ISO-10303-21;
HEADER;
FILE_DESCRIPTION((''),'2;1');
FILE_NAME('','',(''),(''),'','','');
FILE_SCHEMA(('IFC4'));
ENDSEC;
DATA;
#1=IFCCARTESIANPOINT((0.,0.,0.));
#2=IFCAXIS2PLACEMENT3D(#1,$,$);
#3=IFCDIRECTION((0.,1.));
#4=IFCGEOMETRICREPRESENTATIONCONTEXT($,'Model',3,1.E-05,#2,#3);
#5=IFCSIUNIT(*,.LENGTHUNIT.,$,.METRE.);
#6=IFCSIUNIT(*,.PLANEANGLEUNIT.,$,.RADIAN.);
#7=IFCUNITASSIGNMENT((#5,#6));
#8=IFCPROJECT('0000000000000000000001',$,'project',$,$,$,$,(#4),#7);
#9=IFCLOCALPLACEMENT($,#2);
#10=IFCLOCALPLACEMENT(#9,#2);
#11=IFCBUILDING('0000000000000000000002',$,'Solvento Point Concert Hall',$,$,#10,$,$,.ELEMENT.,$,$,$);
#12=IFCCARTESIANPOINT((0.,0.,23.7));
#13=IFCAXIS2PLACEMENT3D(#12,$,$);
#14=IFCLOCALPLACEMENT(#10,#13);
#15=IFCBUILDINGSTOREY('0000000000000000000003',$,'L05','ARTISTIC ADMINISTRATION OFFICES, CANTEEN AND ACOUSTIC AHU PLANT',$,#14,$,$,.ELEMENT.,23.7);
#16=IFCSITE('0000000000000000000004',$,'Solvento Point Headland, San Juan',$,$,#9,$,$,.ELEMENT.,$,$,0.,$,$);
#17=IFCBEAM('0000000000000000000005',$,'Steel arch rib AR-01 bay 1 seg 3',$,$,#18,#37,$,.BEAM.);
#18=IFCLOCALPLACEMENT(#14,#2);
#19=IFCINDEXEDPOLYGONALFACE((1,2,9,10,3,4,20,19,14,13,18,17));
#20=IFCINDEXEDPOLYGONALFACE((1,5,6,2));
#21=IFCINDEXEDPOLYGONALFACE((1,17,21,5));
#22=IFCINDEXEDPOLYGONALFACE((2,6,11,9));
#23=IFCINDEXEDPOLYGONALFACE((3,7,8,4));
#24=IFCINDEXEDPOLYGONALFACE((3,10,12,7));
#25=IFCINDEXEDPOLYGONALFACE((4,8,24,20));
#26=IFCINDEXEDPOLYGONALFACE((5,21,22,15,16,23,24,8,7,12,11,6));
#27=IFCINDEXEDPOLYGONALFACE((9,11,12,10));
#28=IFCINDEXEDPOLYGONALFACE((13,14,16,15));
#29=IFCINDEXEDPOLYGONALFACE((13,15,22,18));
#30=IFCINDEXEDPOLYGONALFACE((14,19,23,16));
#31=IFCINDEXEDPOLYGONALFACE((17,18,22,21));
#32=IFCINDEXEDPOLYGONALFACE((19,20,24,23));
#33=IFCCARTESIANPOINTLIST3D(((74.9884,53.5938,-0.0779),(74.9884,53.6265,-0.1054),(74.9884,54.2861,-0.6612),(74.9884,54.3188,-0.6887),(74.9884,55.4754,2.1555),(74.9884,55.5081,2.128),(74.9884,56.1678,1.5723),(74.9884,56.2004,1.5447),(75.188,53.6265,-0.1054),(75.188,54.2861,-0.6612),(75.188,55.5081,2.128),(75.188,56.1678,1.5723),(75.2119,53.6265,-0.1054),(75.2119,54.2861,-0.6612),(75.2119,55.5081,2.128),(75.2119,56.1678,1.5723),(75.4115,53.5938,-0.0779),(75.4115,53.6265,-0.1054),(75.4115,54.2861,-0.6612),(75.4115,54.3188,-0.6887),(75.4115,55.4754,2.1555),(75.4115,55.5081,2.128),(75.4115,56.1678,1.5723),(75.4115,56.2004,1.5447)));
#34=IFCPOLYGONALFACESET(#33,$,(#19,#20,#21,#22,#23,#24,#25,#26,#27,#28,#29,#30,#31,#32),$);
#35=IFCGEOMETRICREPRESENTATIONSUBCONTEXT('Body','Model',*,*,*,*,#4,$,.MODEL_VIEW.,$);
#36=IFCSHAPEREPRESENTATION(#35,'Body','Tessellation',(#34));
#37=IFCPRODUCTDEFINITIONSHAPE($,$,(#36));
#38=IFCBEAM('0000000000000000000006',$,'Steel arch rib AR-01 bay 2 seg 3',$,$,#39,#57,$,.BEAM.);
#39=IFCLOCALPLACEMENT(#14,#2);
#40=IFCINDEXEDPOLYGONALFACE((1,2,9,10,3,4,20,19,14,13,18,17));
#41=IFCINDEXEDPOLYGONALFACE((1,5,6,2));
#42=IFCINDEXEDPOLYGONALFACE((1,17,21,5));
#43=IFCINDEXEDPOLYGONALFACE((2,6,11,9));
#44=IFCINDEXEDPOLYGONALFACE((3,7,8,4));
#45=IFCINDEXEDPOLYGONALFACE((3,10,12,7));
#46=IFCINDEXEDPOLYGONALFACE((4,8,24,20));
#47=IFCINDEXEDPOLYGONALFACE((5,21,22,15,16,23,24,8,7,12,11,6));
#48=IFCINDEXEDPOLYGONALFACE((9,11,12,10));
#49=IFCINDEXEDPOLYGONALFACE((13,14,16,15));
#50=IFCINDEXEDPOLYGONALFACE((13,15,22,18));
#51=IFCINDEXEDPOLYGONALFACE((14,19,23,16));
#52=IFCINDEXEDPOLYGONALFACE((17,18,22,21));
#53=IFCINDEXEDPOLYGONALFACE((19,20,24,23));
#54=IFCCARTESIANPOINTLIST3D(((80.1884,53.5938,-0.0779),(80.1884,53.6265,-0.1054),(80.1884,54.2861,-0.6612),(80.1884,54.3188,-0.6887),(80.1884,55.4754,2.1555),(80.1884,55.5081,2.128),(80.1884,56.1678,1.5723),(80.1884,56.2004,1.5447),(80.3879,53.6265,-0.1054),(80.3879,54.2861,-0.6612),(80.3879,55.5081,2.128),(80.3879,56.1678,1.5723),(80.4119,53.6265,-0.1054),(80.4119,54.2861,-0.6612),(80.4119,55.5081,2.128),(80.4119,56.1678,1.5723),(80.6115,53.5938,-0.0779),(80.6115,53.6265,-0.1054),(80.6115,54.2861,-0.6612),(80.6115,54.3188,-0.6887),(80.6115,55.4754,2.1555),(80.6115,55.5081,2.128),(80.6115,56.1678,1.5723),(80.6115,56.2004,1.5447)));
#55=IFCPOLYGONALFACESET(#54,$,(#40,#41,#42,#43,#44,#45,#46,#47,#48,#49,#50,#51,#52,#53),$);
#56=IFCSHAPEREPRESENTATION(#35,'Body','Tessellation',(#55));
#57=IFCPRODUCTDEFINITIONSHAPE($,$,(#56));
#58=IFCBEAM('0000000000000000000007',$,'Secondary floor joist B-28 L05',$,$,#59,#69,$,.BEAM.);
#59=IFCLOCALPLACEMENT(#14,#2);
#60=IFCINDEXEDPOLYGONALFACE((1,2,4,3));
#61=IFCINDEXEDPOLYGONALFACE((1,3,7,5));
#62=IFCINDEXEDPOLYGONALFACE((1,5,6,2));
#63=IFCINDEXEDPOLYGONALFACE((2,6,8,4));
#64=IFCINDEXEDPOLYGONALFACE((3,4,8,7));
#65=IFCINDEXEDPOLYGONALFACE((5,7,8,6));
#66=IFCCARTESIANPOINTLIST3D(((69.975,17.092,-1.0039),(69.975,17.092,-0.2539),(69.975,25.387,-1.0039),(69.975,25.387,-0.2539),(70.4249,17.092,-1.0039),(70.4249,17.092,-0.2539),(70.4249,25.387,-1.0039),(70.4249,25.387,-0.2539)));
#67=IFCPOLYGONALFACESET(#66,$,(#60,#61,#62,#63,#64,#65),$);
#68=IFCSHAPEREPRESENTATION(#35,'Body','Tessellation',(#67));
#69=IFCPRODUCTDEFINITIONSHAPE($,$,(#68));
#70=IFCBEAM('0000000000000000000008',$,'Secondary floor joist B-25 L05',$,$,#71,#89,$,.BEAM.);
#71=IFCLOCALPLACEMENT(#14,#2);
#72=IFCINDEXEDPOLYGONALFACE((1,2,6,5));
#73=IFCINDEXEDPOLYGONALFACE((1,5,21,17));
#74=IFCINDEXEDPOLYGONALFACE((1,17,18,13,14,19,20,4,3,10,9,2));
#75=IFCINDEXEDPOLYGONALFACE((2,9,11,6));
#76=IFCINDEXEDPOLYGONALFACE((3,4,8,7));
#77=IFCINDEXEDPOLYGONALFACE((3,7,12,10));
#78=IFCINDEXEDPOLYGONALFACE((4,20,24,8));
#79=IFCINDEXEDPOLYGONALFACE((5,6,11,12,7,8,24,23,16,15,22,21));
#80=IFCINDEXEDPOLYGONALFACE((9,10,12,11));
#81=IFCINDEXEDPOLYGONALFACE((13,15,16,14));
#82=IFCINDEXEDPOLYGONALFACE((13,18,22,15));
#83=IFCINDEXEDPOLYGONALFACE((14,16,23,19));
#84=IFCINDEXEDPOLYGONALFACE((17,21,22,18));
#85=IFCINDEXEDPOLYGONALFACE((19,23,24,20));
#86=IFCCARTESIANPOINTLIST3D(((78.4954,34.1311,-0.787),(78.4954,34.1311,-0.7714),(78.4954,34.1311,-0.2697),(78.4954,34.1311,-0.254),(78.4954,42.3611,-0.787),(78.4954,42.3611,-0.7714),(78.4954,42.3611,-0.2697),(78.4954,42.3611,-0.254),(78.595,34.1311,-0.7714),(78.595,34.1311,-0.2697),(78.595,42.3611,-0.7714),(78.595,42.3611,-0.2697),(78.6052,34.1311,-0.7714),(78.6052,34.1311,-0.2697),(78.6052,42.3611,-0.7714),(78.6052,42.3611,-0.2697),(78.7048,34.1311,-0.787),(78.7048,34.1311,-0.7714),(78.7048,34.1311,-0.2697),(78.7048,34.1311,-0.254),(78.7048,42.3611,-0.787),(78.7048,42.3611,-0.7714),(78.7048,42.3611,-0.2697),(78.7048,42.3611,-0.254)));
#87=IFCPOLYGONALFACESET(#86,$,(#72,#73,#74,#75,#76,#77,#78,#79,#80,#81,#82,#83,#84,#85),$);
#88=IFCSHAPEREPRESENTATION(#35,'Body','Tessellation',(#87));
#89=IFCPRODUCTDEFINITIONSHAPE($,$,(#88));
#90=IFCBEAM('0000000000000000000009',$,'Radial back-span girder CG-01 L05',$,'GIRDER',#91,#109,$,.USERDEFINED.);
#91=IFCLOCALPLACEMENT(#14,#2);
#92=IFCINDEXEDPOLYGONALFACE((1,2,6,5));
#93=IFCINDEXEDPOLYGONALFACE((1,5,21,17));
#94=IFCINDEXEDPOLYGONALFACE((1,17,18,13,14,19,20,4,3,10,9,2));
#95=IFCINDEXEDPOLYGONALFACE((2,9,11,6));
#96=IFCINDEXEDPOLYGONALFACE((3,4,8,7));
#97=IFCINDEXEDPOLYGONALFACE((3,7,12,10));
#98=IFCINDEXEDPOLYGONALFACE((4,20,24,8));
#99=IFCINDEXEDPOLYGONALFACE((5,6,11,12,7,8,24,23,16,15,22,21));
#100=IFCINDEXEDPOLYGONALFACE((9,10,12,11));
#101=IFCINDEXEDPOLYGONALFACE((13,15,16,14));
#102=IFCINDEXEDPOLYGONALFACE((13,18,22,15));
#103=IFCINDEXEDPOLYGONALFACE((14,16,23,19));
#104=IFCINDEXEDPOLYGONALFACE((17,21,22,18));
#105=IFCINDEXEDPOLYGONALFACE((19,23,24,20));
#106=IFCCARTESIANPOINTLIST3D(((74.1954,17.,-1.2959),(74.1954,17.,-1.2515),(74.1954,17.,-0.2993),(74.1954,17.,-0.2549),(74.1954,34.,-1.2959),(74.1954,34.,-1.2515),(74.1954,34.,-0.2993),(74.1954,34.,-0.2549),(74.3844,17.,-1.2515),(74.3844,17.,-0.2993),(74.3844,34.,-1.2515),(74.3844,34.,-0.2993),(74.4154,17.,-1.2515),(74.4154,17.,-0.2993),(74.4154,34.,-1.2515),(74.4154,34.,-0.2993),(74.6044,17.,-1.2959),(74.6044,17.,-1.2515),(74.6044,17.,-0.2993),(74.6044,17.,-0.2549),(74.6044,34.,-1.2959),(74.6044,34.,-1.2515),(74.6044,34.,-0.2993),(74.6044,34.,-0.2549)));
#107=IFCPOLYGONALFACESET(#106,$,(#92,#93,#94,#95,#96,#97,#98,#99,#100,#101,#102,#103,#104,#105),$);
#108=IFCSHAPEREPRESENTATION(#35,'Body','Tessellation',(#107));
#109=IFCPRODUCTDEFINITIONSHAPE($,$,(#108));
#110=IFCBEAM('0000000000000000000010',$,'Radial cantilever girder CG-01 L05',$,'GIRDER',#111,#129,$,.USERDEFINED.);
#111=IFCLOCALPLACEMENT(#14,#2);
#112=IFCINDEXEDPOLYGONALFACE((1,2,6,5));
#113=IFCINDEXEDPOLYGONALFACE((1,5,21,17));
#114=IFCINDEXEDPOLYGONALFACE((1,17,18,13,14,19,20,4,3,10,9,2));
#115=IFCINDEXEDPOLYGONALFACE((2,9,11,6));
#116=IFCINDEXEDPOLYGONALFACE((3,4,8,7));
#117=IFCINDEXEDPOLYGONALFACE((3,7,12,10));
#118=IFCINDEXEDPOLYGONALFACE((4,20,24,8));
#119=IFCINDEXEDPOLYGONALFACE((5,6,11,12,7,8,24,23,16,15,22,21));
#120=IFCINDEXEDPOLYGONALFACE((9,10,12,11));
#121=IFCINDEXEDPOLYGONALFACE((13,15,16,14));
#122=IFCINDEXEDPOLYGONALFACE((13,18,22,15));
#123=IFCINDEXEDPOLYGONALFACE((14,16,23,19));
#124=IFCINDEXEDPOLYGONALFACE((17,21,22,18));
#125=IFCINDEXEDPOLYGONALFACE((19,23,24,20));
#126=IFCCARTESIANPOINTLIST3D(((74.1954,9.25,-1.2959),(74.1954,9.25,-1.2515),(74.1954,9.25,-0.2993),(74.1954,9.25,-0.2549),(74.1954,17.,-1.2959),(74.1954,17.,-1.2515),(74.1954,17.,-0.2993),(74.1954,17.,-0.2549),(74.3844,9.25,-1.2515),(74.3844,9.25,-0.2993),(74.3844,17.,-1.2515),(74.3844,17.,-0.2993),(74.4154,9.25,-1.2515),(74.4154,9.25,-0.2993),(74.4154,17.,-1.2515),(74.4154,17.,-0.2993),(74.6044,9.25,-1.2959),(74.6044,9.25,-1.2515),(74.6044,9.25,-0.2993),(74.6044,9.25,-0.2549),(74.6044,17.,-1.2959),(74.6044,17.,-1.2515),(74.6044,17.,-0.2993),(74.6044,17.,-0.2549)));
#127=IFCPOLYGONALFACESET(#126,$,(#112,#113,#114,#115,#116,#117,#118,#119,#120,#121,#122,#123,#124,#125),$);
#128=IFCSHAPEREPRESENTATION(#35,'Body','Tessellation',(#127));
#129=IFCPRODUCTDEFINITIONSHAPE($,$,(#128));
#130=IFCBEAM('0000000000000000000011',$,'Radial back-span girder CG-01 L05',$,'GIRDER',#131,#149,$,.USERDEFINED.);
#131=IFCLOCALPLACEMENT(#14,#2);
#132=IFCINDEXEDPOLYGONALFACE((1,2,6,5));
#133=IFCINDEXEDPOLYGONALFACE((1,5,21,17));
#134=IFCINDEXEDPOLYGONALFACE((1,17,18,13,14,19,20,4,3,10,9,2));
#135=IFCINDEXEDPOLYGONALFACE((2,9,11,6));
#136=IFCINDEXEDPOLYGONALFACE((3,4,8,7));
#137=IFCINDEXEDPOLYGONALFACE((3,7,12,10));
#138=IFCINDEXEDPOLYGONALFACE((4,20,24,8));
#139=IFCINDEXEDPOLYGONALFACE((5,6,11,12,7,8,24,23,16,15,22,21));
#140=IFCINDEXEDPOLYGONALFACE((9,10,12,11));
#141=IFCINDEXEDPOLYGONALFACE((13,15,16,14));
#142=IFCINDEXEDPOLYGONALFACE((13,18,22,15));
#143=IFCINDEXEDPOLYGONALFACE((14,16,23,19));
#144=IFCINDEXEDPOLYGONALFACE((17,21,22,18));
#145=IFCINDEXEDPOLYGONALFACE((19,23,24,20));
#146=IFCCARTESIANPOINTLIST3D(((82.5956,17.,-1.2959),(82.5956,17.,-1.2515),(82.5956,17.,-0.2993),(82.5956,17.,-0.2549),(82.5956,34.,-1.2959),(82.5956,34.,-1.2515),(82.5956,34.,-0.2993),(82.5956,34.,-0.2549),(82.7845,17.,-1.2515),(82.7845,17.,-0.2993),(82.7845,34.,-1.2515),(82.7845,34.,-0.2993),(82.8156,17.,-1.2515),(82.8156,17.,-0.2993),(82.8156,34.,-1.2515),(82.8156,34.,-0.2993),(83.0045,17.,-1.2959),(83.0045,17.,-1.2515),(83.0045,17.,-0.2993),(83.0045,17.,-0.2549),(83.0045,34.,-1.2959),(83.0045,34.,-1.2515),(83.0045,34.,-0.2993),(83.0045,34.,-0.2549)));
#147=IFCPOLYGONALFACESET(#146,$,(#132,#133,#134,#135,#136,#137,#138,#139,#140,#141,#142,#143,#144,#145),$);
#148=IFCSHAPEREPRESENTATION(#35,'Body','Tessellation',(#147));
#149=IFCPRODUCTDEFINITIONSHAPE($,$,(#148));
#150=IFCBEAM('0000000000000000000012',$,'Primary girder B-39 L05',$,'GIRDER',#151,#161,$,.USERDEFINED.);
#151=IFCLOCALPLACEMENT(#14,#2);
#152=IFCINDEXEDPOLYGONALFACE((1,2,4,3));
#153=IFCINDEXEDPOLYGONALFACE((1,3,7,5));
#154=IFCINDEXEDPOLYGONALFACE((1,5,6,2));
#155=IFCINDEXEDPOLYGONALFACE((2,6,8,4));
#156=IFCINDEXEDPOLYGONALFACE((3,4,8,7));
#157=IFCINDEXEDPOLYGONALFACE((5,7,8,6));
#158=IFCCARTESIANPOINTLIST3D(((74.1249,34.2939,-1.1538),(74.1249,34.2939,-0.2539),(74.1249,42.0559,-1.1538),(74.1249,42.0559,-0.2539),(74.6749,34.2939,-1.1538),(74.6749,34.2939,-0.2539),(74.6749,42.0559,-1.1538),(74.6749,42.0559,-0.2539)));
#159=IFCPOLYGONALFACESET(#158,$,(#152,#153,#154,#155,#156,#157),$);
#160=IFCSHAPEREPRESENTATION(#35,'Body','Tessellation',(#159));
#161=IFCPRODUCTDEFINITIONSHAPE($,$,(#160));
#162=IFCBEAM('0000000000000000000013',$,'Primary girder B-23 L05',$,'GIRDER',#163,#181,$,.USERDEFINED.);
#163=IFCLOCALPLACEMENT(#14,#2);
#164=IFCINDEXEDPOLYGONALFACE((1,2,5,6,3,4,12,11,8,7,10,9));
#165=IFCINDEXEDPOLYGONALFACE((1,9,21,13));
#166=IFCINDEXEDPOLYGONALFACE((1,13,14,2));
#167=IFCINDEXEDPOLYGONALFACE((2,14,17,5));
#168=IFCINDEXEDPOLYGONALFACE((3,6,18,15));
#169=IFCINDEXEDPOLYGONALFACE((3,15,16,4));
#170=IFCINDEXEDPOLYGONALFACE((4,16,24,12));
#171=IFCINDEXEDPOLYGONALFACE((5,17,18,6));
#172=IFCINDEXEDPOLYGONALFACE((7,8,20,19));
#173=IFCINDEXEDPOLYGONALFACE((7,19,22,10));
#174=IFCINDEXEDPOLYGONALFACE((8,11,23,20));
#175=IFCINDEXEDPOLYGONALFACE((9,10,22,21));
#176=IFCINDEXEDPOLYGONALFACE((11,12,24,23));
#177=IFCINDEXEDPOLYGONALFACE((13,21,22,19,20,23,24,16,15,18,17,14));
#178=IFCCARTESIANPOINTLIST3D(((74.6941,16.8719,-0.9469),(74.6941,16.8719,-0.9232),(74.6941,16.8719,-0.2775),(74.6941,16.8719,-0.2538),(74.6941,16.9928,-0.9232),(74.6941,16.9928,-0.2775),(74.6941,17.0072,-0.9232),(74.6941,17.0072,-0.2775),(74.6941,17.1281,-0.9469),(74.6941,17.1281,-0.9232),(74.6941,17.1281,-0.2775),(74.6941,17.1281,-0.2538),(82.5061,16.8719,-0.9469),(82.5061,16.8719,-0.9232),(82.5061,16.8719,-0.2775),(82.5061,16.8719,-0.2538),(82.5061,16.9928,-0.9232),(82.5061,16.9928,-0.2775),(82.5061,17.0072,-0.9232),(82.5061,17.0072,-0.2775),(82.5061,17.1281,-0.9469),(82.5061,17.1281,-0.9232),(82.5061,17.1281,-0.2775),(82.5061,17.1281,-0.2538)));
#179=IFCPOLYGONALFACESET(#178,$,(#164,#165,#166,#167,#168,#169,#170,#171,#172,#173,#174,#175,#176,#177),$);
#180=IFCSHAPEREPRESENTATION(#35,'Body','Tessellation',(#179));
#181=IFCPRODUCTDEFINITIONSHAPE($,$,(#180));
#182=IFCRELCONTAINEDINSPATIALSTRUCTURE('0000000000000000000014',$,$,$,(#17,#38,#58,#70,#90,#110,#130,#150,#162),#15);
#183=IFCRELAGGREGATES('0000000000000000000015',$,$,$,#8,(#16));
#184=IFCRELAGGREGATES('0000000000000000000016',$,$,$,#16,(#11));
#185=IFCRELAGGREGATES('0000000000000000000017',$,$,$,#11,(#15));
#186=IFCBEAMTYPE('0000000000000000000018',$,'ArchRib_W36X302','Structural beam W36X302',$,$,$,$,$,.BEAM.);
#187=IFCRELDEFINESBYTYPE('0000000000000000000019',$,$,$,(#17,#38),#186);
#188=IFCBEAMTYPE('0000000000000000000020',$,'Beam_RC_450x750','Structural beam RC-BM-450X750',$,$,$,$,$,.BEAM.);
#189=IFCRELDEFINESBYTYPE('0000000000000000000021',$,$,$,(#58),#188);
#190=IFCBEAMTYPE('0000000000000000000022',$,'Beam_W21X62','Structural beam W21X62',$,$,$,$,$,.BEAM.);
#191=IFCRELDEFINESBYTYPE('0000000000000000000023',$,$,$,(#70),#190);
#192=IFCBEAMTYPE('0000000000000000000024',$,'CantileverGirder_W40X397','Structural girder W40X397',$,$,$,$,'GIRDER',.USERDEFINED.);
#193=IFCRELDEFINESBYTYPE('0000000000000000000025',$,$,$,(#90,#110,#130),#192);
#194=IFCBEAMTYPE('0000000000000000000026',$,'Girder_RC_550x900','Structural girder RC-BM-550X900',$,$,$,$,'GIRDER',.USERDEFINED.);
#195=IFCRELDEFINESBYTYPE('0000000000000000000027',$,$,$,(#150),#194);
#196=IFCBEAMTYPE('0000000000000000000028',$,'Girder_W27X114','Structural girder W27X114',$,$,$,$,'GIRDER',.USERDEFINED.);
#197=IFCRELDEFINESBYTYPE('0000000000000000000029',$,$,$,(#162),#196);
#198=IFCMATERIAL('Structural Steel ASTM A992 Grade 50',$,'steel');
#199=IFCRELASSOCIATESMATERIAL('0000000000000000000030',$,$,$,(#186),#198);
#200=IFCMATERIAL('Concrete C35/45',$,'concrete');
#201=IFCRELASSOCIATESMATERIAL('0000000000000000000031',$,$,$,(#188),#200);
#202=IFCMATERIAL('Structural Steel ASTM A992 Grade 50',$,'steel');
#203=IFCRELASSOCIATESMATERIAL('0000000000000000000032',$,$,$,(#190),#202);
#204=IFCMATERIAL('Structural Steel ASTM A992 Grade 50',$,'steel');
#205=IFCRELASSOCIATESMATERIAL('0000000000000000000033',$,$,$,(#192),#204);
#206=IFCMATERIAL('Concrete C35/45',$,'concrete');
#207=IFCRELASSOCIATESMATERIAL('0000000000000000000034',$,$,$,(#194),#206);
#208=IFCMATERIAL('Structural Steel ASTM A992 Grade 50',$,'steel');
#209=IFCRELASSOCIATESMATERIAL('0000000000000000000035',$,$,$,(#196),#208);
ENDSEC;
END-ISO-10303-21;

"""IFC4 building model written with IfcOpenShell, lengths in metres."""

from ifc_helpers import new_model, si_unit, direction, frame, origin, origin_2d, place, context, subcontext, project, spatial, rectangle, i_section, extrude, material, material_profile, profile_set, type_object, element, save


model = new_model("IFC4")

# Units and contexts
model_context = context("Model", 3, precision=1e-05, world=origin(), true_north=direction((0.0, 1.0)))
body_context = subcontext(model_context, "Body", "Model", "MODEL_VIEW")
ifc_project = project(units=[si_unit("LENGTHUNIT", "METRE"), si_unit("PLANEANGLEUNIT", "RADIAN")], contexts=[model_context])

# Site, building, storey
site_placement = place(None, origin())
site = spatial("IfcSite", under=ifc_project, at=site_placement, Name="Solvento Point Headland, San Juan", CompositionType="ELEMENT", RefElevation=0.0)
building_placement = place(site_placement, origin())
building = spatial("IfcBuilding", under=site, at=building_placement, Name="Solvento Point Concert Hall", CompositionType="ELEMENT")
storey_placement = place(building_placement, frame((0.0, 0.0, 23.7)))
storey = spatial("IfcBuildingStorey", under=building, at=storey_placement, Name="L05", Description="ARTISTIC ADMINISTRATION OFFICES, CANTEEN AND ACOUSTIC AHU PLANT", CompositionType="ELEMENT", Elevation=23.7)

# Beams
ifc_material_1 = material(Name="Structural Steel ASTM A992 Grade 50", Category="steel")
ifc_material_profile_1 = material_profile(ifc_material_1, i_section(OverallWidth=0.4231, OverallDepth=0.948, WebThickness=0.0239, FlangeThickness=0.0427, at=origin_2d()), Name="W36X302")
ifc_profile_set_1 = profile_set([ifc_material_profile_1], Name="Structural Steel ASTM A992 Grade 50")
beam_type_1 = type_object("IfcBeamType", Name="ArchRib_W36X302", Description="Structural beam W36X302", PredefinedType="BEAM", material=ifc_profile_set_1)
for number, where, z_axis, x_axis, name in (
    (1, (75.2, 53.9563, -0.3833), (0.0, 0.644303, 0.76477), (-1.0, 0.0, 0.0), "Steel arch rib AR-01 bay 1 seg 3"),
    (2, (80.3999, 53.9563, -0.3833), (0.0, 0.644303, 0.76477), (-1.0, 0.0, 0.0), "Steel arch rib AR-01 bay 2 seg 3"),
):
    element("IfcBeam", number, at=place(storey_placement, frame(where, z_axis=z_axis, x_axis=x_axis)), inside=storey, type_object=beam_type_1, Name=name, PredefinedType="BEAM", context=body_context, shape_type="SweptSolid", body=[
        extrude(i_section(OverallWidth=0.4231, OverallDepth=0.948, WebThickness=0.0239, FlangeThickness=0.0427, at=origin_2d()), origin(), (0.0, 0.0, 1.0), 2.9204),
    ])
ifc_material_2 = material(Name="Concrete C35/45", Category="concrete")
ifc_material_profile_2 = material_profile(ifc_material_2, rectangle(XDim=0.45, YDim=0.75, at=origin_2d()), Name="RC-BM-450X750")
ifc_profile_set_2 = profile_set([ifc_material_profile_2], Name="Concrete C35/45")
beam_type_2 = type_object("IfcBeamType", Name="Beam_RC_450x750", Description="Structural beam RC-BM-450X750", PredefinedType="BEAM", material=ifc_profile_set_2)
beam_1_placement = place(storey_placement, frame((70.2, 17.092, -0.6289), z_axis=(0.0, 1.0, 0.0), x_axis=(-1.0, 0.0, 0.0)))
element("IfcBeam", 3, at=beam_1_placement, inside=storey, type_object=beam_type_2, Name="Secondary floor joist B-28 L05", PredefinedType="BEAM", context=body_context, shape_type="SweptSolid", body=[
    extrude(rectangle(XDim=0.45, YDim=0.75, at=origin_2d()), origin(), (0.0, 0.0, 1.0), 8.2949),
])
ifc_material_3 = material(Name="Structural Steel ASTM A992 Grade 50", Category="steel")
ifc_material_profile_3 = material_profile(ifc_material_3, i_section(OverallWidth=0.2095, OverallDepth=0.533, WebThickness=0.0103, FlangeThickness=0.0156, at=origin_2d()), Name="W21X62")
ifc_profile_set_3 = profile_set([ifc_material_profile_3], Name="Structural Steel ASTM A992 Grade 50")
beam_type_3 = type_object("IfcBeamType", Name="Beam_W21X62", Description="Structural beam W21X62", PredefinedType="BEAM", material=ifc_profile_set_3)
beam_2_placement = place(storey_placement, frame((78.6001, 34.1311, -0.5205), z_axis=(0.0, 1.0, 0.0), x_axis=(-1.0, 0.0, 0.0)))
element("IfcBeam", 4, at=beam_2_placement, inside=storey, type_object=beam_type_3, Name="Secondary floor joist B-25 L05", PredefinedType="BEAM", context=body_context, shape_type="SweptSolid", body=[
    extrude(i_section(OverallWidth=0.2095, OverallDepth=0.533, WebThickness=0.0103, FlangeThickness=0.0156, at=origin_2d()), origin(), (0.0, 0.0, 1.0), 8.23),
])
ifc_material_4 = material(Name="Structural Steel ASTM A992 Grade 50", Category="steel")
ifc_material_profile_4 = material_profile(ifc_material_4, i_section(OverallWidth=0.4089, OverallDepth=1.041, WebThickness=0.031, FlangeThickness=0.0444, at=origin_2d()), Name="W40X397")
ifc_profile_set_4 = profile_set([ifc_material_profile_4], Name="Structural Steel ASTM A992 Grade 50")
beam_type_4 = type_object("IfcBeamType", Name="CantileverGirder_W40X397", Description="Structural girder W40X397", ElementType="GIRDER", PredefinedType="USERDEFINED", material=ifc_profile_set_4)
beam_3_placement = place(storey_placement, frame((74.3999, 34.0, -0.7754), z_axis=(0.0, -1.0, 0.0), x_axis=(1.0, 0.0, 0.0)))
element("IfcBeam", 5, at=beam_3_placement, inside=storey, type_object=beam_type_4, Name="Radial back-span girder CG-01 L05", ObjectType="GIRDER", PredefinedType="USERDEFINED", context=body_context, shape_type="SweptSolid", body=[
    extrude(i_section(OverallWidth=0.4089, OverallDepth=1.041, WebThickness=0.031, FlangeThickness=0.0444, at=origin_2d()), origin(), (0.0, 0.0, 1.0), 17.0),
])
beam_4_placement = place(storey_placement, frame((74.3999, 17.0, -0.7754), z_axis=(0.0, -1.0, 0.0), x_axis=(1.0, 0.0, 0.0)))
element("IfcBeam", 6, at=beam_4_placement, inside=storey, type_object=beam_type_4, Name="Radial cantilever girder CG-01 L05", ObjectType="GIRDER", PredefinedType="USERDEFINED", context=body_context, shape_type="SweptSolid", body=[
    extrude(i_section(OverallWidth=0.4089, OverallDepth=1.041, WebThickness=0.031, FlangeThickness=0.0444, at=origin_2d()), origin(), (0.0, 0.0, 1.0), 7.75),
])
beam_5_placement = place(storey_placement, frame((82.8, 34.0, -0.7754), z_axis=(0.0, -1.0, 0.0), x_axis=(1.0, 0.0, 0.0)))
element("IfcBeam", 7, at=beam_5_placement, inside=storey, type_object=beam_type_4, Name="Radial back-span girder CG-01 L05", ObjectType="GIRDER", PredefinedType="USERDEFINED", context=body_context, shape_type="SweptSolid", body=[
    extrude(i_section(OverallWidth=0.4089, OverallDepth=1.041, WebThickness=0.031, FlangeThickness=0.0444, at=origin_2d()), origin(), (0.0, 0.0, 1.0), 17.0),
])
ifc_material_5 = material(Name="Concrete C35/45", Category="concrete")
ifc_material_profile_5 = material_profile(ifc_material_5, rectangle(XDim=0.55, YDim=0.8999, at=origin_2d()), Name="RC-BM-550X900")
ifc_profile_set_5 = profile_set([ifc_material_profile_5], Name="Concrete C35/45")
beam_type_5 = type_object("IfcBeamType", Name="Girder_RC_550x900", Description="Structural girder RC-BM-550X900", ElementType="GIRDER", PredefinedType="USERDEFINED", material=ifc_profile_set_5)
beam_6_placement = place(storey_placement, frame((74.3999, 34.2939, -0.7039), z_axis=(0.0, 1.0, 0.0), x_axis=(-1.0, 0.0, 0.0)))
element("IfcBeam", 8, at=beam_6_placement, inside=storey, type_object=beam_type_5, Name="Primary girder B-39 L05", ObjectType="GIRDER", PredefinedType="USERDEFINED", context=body_context, shape_type="SweptSolid", body=[
    extrude(rectangle(XDim=0.55, YDim=0.8999, at=origin_2d()), origin(), (0.0, 0.0, 1.0), 7.762),
])
ifc_material_6 = material(Name="Structural Steel ASTM A992 Grade 50", Category="steel")
ifc_material_profile_6 = material_profile(ifc_material_6, i_section(OverallWidth=0.2561, OverallDepth=0.6931, WebThickness=0.0144, FlangeThickness=0.0237, at=origin_2d()), Name="W27X114")
ifc_profile_set_6 = profile_set([ifc_material_profile_6], Name="Structural Steel ASTM A992 Grade 50")
beam_type_6 = type_object("IfcBeamType", Name="Girder_W27X114", Description="Structural girder W27X114", ElementType="GIRDER", PredefinedType="USERDEFINED", material=ifc_profile_set_6)
beam_7_placement = place(storey_placement, frame((74.6941, 17.0, -0.6003), z_axis=(1.0, 0.0, 0.0), x_axis=(0.0, 1.0, 0.0)))
element("IfcBeam", 9, at=beam_7_placement, inside=storey, type_object=beam_type_6, Name="Primary girder B-23 L05", ObjectType="GIRDER", PredefinedType="USERDEFINED", context=body_context, shape_type="SweptSolid", body=[
    extrude(i_section(OverallWidth=0.2561, OverallDepth=0.6931, WebThickness=0.0144, FlangeThickness=0.0237, at=origin_2d()), origin(), (0.0, 0.0, 1.0), 7.812),
])

save(model, "model.ifc")
